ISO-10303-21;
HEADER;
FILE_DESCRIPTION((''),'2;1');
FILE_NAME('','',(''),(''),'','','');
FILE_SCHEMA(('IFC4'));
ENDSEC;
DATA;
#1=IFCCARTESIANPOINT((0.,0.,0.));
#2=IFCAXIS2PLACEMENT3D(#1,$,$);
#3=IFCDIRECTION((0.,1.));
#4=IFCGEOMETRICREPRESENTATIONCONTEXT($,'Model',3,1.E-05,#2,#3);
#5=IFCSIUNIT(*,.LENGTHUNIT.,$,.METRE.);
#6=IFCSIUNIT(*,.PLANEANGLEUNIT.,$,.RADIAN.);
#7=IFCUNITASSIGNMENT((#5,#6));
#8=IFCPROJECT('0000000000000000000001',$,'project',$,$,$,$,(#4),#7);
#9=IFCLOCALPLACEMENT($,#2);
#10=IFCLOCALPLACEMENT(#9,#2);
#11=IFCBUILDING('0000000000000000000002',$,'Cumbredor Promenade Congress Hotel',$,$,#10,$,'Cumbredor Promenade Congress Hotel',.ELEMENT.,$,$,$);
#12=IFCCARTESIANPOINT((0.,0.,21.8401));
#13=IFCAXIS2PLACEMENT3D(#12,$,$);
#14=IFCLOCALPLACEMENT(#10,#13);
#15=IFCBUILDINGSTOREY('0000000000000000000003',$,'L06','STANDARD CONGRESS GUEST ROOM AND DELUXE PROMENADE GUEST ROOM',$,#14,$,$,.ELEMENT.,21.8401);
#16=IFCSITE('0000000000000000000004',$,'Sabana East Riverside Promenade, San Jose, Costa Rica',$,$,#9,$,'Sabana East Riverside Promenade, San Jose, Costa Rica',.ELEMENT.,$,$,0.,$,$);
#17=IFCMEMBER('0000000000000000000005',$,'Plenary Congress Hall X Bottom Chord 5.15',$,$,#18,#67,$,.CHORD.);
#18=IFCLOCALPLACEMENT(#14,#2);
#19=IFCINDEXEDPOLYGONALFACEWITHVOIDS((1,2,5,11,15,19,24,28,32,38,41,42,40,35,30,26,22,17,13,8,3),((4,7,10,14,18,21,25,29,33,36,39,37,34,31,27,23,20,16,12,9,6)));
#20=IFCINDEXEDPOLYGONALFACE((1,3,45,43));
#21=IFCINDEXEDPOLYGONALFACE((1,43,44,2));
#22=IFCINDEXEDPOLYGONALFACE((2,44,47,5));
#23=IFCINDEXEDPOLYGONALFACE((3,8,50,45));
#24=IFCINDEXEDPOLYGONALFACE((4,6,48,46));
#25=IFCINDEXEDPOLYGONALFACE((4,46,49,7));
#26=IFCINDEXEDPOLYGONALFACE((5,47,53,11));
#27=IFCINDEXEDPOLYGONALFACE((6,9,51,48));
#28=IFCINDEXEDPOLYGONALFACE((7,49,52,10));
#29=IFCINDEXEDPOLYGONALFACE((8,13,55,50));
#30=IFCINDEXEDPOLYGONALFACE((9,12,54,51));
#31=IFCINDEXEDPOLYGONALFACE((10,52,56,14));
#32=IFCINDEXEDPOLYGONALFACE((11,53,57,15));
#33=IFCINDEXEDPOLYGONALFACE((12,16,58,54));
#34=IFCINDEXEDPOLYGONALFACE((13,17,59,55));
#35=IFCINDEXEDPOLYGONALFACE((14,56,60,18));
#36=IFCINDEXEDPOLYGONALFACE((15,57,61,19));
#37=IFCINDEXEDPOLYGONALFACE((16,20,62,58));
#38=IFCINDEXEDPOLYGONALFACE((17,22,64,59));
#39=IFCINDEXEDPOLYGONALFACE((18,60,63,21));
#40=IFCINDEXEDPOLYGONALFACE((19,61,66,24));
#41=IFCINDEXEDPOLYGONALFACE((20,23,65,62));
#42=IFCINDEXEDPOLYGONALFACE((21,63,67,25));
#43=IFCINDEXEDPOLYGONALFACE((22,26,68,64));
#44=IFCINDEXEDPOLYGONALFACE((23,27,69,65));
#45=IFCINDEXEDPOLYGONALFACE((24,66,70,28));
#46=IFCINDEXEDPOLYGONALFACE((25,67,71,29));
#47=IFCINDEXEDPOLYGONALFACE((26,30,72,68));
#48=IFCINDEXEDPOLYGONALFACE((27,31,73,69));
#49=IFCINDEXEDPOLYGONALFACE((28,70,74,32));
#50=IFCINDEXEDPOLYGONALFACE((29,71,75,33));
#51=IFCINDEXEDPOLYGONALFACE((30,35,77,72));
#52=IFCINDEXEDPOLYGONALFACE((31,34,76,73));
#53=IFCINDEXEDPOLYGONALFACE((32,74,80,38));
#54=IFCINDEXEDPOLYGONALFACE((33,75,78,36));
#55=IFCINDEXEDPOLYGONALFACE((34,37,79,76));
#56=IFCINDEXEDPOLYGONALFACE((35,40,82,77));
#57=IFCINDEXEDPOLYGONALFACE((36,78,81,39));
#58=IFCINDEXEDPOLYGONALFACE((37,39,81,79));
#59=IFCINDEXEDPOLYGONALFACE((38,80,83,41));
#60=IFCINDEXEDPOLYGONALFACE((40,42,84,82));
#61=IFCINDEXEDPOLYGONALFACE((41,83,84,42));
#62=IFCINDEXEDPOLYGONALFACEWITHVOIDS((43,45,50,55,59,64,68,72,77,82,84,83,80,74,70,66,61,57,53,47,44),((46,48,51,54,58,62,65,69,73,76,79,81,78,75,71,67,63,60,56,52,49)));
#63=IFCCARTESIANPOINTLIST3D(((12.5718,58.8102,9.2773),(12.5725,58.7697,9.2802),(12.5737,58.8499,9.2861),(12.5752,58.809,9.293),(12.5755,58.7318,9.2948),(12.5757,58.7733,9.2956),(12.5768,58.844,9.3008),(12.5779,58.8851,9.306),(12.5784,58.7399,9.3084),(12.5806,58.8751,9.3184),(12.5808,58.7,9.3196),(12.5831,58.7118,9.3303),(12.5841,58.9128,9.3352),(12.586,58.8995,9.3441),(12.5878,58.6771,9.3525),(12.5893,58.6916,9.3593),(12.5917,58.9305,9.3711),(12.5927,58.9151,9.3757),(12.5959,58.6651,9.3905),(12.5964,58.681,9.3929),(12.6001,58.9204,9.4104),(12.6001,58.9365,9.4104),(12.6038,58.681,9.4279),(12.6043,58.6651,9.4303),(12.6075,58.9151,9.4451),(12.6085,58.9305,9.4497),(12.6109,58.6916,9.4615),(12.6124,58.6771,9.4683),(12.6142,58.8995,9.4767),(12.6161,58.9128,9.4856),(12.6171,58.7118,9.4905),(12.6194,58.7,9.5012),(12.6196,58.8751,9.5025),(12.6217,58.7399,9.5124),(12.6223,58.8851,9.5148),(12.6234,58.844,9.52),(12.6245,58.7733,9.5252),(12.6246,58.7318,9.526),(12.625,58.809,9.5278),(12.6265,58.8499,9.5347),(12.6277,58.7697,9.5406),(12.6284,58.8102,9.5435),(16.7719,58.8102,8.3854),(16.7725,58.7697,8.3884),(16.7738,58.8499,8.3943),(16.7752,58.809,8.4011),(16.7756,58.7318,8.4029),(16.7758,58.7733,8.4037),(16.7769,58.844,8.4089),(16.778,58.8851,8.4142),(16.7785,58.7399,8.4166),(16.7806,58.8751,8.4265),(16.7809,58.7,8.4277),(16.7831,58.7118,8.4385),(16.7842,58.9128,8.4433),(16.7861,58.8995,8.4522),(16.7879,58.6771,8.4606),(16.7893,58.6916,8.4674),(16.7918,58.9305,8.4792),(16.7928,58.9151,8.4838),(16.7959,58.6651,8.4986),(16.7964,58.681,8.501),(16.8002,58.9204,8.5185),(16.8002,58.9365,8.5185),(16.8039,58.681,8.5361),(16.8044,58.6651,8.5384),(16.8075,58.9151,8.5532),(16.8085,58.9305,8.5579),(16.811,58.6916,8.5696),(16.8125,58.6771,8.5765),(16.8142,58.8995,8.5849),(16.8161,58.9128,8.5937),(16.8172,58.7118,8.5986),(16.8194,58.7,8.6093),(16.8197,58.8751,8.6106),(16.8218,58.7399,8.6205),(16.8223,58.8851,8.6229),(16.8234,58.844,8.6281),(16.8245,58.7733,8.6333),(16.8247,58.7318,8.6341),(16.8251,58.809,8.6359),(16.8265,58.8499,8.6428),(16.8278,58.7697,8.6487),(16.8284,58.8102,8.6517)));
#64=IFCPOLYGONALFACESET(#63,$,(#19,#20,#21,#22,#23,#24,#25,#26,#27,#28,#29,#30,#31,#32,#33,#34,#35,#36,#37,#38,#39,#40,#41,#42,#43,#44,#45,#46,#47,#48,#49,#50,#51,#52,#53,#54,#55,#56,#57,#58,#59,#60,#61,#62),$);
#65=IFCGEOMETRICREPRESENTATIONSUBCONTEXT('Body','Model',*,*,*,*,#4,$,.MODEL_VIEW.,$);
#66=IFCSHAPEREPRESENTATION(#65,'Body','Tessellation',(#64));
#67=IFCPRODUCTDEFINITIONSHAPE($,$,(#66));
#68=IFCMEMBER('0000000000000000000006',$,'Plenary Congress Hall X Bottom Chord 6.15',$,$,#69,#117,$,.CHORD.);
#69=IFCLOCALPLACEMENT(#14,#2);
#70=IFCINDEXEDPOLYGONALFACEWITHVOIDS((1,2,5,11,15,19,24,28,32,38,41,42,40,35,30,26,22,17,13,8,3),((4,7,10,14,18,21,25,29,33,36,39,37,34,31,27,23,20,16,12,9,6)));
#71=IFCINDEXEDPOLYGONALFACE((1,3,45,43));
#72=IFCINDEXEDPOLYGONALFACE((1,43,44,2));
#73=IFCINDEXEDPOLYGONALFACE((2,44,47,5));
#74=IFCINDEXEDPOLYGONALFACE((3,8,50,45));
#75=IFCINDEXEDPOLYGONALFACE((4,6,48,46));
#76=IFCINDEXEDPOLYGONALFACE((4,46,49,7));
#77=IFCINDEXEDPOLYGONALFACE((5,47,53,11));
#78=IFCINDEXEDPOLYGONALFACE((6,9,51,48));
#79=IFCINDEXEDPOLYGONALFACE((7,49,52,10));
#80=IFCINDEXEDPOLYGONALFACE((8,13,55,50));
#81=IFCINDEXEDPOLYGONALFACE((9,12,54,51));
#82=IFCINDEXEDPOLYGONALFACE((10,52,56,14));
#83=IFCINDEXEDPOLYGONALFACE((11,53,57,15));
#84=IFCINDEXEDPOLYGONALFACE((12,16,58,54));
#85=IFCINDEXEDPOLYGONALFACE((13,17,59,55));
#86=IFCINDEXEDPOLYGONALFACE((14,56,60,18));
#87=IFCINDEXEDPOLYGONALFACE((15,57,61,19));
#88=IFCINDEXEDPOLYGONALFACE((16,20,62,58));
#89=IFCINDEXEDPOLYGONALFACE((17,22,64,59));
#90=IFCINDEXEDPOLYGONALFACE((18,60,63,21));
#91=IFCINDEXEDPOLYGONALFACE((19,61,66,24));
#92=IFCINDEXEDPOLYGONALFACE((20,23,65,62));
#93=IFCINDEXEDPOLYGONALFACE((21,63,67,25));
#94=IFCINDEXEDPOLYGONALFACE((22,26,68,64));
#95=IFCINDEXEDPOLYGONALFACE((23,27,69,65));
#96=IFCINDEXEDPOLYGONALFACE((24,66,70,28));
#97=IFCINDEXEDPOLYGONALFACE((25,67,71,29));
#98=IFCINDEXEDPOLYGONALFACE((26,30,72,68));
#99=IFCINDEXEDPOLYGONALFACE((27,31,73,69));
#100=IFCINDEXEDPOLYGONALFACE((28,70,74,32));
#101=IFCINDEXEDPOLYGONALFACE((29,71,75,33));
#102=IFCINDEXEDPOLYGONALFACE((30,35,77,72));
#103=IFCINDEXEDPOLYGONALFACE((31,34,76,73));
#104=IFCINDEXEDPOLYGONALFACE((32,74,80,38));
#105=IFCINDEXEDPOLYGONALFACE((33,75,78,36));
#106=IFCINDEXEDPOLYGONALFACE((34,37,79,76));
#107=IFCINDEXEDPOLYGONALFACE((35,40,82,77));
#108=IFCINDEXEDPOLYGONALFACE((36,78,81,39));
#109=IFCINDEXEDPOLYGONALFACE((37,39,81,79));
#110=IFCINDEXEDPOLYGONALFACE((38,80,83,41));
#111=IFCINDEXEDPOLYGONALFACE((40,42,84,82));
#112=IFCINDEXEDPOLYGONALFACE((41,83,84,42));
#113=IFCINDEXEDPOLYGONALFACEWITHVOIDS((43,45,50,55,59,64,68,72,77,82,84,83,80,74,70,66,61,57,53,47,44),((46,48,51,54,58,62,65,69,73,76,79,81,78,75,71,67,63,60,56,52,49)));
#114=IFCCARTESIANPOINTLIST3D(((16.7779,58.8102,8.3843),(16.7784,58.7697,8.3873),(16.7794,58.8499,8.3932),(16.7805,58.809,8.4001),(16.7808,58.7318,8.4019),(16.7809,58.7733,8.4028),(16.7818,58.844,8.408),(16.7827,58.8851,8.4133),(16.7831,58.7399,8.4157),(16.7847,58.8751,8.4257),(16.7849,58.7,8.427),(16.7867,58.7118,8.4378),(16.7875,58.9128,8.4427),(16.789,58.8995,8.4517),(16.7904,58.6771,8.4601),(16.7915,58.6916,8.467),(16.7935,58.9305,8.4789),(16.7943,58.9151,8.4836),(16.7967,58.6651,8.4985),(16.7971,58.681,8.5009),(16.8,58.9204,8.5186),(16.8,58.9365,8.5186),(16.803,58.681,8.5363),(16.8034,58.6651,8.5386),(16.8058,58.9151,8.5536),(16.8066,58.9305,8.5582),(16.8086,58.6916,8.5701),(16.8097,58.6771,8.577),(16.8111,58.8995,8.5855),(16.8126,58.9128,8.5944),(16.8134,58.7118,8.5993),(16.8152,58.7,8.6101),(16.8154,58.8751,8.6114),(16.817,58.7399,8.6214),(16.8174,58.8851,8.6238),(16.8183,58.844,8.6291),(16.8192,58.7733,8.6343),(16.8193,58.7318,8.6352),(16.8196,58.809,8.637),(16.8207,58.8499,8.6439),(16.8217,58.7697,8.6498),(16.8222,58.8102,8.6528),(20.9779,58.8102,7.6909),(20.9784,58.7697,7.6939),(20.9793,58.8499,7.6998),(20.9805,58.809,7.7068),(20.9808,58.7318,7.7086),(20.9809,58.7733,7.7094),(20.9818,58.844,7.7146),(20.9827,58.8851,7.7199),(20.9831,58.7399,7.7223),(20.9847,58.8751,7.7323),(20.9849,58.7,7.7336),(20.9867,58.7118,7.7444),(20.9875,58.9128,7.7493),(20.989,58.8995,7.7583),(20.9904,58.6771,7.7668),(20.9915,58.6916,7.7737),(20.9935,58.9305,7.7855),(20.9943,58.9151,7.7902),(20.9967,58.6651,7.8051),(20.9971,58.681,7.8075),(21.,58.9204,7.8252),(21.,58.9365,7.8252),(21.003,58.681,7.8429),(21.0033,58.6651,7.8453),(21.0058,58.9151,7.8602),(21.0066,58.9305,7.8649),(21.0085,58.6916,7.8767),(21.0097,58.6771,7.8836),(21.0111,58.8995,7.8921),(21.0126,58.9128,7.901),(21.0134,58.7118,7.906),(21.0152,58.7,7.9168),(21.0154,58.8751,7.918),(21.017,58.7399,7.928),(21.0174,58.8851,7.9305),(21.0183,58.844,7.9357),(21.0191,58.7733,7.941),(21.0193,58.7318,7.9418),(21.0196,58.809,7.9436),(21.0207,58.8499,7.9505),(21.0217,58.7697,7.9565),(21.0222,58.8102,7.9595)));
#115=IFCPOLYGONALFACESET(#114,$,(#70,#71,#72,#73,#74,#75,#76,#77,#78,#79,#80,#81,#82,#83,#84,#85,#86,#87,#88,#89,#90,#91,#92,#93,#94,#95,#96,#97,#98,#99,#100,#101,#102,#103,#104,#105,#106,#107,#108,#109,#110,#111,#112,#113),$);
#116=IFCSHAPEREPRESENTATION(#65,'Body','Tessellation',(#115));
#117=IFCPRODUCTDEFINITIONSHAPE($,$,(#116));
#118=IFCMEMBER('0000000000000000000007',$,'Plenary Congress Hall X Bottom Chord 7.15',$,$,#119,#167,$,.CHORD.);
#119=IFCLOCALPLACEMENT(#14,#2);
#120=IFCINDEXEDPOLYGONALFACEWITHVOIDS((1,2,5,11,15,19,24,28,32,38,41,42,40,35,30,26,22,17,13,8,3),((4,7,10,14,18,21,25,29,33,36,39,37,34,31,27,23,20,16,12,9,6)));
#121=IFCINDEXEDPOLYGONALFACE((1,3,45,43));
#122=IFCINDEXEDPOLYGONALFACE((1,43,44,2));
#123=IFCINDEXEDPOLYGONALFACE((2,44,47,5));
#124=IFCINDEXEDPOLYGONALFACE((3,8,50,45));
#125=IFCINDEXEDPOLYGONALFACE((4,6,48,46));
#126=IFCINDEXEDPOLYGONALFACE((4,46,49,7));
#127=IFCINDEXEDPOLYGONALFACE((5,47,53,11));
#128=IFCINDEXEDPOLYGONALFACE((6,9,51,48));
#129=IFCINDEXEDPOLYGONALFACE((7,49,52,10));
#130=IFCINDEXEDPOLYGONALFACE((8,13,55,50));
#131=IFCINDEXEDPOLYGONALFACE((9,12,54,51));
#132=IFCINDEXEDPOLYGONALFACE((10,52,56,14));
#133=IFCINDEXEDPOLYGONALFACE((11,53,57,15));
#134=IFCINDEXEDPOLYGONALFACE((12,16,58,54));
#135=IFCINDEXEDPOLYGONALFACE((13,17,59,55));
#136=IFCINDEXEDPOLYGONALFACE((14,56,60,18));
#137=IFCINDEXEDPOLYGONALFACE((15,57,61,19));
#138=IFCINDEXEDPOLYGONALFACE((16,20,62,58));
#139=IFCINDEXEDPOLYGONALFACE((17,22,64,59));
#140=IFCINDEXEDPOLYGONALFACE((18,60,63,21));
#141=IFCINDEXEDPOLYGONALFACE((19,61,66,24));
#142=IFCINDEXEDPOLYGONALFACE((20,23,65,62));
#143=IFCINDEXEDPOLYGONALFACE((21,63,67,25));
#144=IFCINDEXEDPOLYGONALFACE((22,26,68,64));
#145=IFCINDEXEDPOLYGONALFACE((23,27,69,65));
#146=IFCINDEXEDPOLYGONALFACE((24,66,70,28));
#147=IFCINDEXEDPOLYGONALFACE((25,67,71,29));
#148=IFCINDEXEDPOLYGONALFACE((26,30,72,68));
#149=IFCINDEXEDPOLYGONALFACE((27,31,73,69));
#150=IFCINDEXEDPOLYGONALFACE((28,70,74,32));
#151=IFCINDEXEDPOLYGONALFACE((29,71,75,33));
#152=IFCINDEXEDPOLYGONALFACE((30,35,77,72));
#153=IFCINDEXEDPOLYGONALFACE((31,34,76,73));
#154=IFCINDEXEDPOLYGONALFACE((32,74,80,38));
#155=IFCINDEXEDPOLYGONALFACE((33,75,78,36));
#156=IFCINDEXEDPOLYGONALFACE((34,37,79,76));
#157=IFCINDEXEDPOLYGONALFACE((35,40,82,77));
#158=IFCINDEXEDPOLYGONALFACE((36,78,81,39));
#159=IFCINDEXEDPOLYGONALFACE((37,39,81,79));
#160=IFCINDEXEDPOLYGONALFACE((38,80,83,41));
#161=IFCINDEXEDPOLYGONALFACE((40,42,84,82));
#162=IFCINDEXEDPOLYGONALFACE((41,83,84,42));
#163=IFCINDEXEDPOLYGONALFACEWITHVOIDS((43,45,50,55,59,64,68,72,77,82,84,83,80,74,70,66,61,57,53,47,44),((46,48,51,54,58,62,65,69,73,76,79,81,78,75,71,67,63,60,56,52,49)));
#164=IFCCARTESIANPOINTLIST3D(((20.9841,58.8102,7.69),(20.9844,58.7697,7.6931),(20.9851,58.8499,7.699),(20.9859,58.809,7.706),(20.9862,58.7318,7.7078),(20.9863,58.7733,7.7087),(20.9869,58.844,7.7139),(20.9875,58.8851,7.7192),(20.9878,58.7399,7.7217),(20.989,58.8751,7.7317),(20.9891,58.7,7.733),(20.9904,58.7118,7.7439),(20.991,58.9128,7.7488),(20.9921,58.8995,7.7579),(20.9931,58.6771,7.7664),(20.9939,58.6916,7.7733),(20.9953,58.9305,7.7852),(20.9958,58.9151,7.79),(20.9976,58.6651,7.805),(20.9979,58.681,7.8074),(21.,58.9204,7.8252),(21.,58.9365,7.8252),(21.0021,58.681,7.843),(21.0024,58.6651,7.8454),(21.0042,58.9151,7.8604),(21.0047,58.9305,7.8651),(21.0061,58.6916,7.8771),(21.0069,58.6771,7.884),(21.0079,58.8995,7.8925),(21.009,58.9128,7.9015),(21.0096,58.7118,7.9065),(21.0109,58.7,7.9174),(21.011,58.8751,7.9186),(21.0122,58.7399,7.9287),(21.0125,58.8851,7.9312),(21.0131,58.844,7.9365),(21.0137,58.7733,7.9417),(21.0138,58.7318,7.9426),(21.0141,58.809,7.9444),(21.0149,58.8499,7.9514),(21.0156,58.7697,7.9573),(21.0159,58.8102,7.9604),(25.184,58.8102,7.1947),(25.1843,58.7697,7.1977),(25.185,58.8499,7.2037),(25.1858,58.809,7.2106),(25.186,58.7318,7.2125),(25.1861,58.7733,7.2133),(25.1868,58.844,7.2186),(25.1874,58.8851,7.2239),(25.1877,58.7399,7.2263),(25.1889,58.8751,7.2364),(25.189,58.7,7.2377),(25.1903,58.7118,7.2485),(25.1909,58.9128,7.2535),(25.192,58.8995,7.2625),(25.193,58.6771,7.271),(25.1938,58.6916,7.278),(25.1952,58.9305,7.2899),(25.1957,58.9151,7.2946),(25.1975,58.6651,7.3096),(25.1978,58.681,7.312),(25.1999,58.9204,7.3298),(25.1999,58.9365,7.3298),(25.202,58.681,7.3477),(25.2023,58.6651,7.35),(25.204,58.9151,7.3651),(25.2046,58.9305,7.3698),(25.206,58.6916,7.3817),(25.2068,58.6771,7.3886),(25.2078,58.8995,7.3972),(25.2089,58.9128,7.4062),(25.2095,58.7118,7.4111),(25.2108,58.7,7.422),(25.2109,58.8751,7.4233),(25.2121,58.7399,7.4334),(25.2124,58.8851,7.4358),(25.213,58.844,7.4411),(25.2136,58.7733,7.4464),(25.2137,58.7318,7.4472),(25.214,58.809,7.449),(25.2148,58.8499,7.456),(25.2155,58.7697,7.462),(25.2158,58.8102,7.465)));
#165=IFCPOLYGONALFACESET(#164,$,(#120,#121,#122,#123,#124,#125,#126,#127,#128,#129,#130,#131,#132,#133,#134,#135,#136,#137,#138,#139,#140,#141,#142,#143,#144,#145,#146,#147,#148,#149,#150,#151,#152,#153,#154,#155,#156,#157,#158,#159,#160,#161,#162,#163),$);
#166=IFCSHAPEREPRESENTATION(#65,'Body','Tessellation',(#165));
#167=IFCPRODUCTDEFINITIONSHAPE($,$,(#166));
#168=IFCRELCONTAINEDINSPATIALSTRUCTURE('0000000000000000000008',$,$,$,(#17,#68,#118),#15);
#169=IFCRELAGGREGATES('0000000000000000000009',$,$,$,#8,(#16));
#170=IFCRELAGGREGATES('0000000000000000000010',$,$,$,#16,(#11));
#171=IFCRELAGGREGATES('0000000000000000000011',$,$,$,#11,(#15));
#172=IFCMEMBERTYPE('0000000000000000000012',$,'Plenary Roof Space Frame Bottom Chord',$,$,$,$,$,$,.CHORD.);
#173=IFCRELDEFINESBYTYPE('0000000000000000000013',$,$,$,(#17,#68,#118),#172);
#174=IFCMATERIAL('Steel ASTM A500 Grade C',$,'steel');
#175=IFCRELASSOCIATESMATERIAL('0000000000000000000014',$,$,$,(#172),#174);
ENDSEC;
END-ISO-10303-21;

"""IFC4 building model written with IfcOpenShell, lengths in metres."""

from ifc_helpers import new_model, si_unit, direction, frame, origin, origin_2d, place, context, subcontext, project, spatial, hollow_circle, extrude, material, material_profile, profile_set, type_object, element, save


model = new_model("IFC4")

# Units and contexts
model_context = context("Model", 3, precision=1e-05, world=origin(), true_north=direction((0.0, 1.0)))
body_context = subcontext(model_context, "Body", "Model", "MODEL_VIEW")
ifc_project = project(units=[si_unit("LENGTHUNIT", "METRE"), si_unit("PLANEANGLEUNIT", "RADIAN")], contexts=[model_context])

# Site, building, storey
site_placement = place(None, origin())
site = spatial("IfcSite", under=ifc_project, at=site_placement, Name="Sabana East Riverside Promenade, San Jose, Costa Rica", LongName="Sabana East Riverside Promenade, San Jose, Costa Rica", CompositionType="ELEMENT", RefElevation=0.0)
building_placement = place(site_placement, origin())
building = spatial("IfcBuilding", under=site, at=building_placement, Name="Cumbredor Promenade Congress Hotel", LongName="Cumbredor Promenade Congress Hotel", CompositionType="ELEMENT")
storey_placement = place(building_placement, frame((0.0, 0.0, 21.8401)))
storey = spatial("IfcBuildingStorey", under=building, at=storey_placement, Name="L06", Description="STANDARD CONGRESS GUEST ROOM AND DELUXE PROMENADE GUEST ROOM", CompositionType="ELEMENT", Elevation=21.8401)

# Members
ifc_material_1 = material(Name="Steel ASTM A500 Grade C", Category="steel")
ifc_material_profile_1 = material_profile(ifc_material_1, hollow_circle(Radius=0.1365, WallThickness=0.0161, at=origin_2d()), Name="CHS 273.0x16")
ifc_profile_set_1 = profile_set([ifc_material_profile_1], Name="Steel ASTM A500 Grade C")
member_type_1 = type_object("IfcMemberType", Name="Plenary Roof Space Frame Bottom Chord", PredefinedType="CHORD", material=ifc_profile_set_1)
member_1_placement = place(storey_placement, frame((12.6001, 58.8, 9.4104), z_axis=(0.978189, 0.0, -0.207715), x_axis=(0.0, 1.0, 0.0)))
element("IfcMember", 1, at=member_1_placement, inside=storey, type_object=member_type_1, Name="Plenary Congress Hall X Bottom Chord 5.15", PredefinedType="CHORD", context=body_context, shape_type="SweptSolid", body=[
    extrude(hollow_circle(Radius=0.1365, WallThickness=0.0161, at=origin_2d()), origin(), (0.0, 0.0, 1.0), 4.2937),
])
member_2_placement = place(storey_placement, frame((16.8, 58.8, 8.5186), z_axis=(0.986645, 0.0, -0.162883), x_axis=(0.0, 1.0, 0.0)))
element("IfcMember", 2, at=member_2_placement, inside=storey, type_object=member_type_1, Name="Plenary Congress Hall X Bottom Chord 6.15", PredefinedType="CHORD", context=body_context, shape_type="SweptSolid", body=[
    extrude(hollow_circle(Radius=0.1365, WallThickness=0.0161, at=origin_2d()), origin(), (0.0, 0.0, 1.0), 4.2568),
])
member_3_placement = place(storey_placement, frame((21.0, 58.8, 7.8252), z_axis=(0.993116, 0.0, -0.117133), x_axis=(0.0, 1.0, 0.0)))
element("IfcMember", 3, at=member_3_placement, inside=storey, type_object=member_type_1, Name="Plenary Congress Hall X Bottom Chord 7.15", PredefinedType="CHORD", context=body_context, shape_type="SweptSolid", body=[
    extrude(hollow_circle(Radius=0.1365, WallThickness=0.0161, at=origin_2d()), origin(), (0.0, 0.0, 1.0), 4.229),
])

save(model, "model.ifc")
